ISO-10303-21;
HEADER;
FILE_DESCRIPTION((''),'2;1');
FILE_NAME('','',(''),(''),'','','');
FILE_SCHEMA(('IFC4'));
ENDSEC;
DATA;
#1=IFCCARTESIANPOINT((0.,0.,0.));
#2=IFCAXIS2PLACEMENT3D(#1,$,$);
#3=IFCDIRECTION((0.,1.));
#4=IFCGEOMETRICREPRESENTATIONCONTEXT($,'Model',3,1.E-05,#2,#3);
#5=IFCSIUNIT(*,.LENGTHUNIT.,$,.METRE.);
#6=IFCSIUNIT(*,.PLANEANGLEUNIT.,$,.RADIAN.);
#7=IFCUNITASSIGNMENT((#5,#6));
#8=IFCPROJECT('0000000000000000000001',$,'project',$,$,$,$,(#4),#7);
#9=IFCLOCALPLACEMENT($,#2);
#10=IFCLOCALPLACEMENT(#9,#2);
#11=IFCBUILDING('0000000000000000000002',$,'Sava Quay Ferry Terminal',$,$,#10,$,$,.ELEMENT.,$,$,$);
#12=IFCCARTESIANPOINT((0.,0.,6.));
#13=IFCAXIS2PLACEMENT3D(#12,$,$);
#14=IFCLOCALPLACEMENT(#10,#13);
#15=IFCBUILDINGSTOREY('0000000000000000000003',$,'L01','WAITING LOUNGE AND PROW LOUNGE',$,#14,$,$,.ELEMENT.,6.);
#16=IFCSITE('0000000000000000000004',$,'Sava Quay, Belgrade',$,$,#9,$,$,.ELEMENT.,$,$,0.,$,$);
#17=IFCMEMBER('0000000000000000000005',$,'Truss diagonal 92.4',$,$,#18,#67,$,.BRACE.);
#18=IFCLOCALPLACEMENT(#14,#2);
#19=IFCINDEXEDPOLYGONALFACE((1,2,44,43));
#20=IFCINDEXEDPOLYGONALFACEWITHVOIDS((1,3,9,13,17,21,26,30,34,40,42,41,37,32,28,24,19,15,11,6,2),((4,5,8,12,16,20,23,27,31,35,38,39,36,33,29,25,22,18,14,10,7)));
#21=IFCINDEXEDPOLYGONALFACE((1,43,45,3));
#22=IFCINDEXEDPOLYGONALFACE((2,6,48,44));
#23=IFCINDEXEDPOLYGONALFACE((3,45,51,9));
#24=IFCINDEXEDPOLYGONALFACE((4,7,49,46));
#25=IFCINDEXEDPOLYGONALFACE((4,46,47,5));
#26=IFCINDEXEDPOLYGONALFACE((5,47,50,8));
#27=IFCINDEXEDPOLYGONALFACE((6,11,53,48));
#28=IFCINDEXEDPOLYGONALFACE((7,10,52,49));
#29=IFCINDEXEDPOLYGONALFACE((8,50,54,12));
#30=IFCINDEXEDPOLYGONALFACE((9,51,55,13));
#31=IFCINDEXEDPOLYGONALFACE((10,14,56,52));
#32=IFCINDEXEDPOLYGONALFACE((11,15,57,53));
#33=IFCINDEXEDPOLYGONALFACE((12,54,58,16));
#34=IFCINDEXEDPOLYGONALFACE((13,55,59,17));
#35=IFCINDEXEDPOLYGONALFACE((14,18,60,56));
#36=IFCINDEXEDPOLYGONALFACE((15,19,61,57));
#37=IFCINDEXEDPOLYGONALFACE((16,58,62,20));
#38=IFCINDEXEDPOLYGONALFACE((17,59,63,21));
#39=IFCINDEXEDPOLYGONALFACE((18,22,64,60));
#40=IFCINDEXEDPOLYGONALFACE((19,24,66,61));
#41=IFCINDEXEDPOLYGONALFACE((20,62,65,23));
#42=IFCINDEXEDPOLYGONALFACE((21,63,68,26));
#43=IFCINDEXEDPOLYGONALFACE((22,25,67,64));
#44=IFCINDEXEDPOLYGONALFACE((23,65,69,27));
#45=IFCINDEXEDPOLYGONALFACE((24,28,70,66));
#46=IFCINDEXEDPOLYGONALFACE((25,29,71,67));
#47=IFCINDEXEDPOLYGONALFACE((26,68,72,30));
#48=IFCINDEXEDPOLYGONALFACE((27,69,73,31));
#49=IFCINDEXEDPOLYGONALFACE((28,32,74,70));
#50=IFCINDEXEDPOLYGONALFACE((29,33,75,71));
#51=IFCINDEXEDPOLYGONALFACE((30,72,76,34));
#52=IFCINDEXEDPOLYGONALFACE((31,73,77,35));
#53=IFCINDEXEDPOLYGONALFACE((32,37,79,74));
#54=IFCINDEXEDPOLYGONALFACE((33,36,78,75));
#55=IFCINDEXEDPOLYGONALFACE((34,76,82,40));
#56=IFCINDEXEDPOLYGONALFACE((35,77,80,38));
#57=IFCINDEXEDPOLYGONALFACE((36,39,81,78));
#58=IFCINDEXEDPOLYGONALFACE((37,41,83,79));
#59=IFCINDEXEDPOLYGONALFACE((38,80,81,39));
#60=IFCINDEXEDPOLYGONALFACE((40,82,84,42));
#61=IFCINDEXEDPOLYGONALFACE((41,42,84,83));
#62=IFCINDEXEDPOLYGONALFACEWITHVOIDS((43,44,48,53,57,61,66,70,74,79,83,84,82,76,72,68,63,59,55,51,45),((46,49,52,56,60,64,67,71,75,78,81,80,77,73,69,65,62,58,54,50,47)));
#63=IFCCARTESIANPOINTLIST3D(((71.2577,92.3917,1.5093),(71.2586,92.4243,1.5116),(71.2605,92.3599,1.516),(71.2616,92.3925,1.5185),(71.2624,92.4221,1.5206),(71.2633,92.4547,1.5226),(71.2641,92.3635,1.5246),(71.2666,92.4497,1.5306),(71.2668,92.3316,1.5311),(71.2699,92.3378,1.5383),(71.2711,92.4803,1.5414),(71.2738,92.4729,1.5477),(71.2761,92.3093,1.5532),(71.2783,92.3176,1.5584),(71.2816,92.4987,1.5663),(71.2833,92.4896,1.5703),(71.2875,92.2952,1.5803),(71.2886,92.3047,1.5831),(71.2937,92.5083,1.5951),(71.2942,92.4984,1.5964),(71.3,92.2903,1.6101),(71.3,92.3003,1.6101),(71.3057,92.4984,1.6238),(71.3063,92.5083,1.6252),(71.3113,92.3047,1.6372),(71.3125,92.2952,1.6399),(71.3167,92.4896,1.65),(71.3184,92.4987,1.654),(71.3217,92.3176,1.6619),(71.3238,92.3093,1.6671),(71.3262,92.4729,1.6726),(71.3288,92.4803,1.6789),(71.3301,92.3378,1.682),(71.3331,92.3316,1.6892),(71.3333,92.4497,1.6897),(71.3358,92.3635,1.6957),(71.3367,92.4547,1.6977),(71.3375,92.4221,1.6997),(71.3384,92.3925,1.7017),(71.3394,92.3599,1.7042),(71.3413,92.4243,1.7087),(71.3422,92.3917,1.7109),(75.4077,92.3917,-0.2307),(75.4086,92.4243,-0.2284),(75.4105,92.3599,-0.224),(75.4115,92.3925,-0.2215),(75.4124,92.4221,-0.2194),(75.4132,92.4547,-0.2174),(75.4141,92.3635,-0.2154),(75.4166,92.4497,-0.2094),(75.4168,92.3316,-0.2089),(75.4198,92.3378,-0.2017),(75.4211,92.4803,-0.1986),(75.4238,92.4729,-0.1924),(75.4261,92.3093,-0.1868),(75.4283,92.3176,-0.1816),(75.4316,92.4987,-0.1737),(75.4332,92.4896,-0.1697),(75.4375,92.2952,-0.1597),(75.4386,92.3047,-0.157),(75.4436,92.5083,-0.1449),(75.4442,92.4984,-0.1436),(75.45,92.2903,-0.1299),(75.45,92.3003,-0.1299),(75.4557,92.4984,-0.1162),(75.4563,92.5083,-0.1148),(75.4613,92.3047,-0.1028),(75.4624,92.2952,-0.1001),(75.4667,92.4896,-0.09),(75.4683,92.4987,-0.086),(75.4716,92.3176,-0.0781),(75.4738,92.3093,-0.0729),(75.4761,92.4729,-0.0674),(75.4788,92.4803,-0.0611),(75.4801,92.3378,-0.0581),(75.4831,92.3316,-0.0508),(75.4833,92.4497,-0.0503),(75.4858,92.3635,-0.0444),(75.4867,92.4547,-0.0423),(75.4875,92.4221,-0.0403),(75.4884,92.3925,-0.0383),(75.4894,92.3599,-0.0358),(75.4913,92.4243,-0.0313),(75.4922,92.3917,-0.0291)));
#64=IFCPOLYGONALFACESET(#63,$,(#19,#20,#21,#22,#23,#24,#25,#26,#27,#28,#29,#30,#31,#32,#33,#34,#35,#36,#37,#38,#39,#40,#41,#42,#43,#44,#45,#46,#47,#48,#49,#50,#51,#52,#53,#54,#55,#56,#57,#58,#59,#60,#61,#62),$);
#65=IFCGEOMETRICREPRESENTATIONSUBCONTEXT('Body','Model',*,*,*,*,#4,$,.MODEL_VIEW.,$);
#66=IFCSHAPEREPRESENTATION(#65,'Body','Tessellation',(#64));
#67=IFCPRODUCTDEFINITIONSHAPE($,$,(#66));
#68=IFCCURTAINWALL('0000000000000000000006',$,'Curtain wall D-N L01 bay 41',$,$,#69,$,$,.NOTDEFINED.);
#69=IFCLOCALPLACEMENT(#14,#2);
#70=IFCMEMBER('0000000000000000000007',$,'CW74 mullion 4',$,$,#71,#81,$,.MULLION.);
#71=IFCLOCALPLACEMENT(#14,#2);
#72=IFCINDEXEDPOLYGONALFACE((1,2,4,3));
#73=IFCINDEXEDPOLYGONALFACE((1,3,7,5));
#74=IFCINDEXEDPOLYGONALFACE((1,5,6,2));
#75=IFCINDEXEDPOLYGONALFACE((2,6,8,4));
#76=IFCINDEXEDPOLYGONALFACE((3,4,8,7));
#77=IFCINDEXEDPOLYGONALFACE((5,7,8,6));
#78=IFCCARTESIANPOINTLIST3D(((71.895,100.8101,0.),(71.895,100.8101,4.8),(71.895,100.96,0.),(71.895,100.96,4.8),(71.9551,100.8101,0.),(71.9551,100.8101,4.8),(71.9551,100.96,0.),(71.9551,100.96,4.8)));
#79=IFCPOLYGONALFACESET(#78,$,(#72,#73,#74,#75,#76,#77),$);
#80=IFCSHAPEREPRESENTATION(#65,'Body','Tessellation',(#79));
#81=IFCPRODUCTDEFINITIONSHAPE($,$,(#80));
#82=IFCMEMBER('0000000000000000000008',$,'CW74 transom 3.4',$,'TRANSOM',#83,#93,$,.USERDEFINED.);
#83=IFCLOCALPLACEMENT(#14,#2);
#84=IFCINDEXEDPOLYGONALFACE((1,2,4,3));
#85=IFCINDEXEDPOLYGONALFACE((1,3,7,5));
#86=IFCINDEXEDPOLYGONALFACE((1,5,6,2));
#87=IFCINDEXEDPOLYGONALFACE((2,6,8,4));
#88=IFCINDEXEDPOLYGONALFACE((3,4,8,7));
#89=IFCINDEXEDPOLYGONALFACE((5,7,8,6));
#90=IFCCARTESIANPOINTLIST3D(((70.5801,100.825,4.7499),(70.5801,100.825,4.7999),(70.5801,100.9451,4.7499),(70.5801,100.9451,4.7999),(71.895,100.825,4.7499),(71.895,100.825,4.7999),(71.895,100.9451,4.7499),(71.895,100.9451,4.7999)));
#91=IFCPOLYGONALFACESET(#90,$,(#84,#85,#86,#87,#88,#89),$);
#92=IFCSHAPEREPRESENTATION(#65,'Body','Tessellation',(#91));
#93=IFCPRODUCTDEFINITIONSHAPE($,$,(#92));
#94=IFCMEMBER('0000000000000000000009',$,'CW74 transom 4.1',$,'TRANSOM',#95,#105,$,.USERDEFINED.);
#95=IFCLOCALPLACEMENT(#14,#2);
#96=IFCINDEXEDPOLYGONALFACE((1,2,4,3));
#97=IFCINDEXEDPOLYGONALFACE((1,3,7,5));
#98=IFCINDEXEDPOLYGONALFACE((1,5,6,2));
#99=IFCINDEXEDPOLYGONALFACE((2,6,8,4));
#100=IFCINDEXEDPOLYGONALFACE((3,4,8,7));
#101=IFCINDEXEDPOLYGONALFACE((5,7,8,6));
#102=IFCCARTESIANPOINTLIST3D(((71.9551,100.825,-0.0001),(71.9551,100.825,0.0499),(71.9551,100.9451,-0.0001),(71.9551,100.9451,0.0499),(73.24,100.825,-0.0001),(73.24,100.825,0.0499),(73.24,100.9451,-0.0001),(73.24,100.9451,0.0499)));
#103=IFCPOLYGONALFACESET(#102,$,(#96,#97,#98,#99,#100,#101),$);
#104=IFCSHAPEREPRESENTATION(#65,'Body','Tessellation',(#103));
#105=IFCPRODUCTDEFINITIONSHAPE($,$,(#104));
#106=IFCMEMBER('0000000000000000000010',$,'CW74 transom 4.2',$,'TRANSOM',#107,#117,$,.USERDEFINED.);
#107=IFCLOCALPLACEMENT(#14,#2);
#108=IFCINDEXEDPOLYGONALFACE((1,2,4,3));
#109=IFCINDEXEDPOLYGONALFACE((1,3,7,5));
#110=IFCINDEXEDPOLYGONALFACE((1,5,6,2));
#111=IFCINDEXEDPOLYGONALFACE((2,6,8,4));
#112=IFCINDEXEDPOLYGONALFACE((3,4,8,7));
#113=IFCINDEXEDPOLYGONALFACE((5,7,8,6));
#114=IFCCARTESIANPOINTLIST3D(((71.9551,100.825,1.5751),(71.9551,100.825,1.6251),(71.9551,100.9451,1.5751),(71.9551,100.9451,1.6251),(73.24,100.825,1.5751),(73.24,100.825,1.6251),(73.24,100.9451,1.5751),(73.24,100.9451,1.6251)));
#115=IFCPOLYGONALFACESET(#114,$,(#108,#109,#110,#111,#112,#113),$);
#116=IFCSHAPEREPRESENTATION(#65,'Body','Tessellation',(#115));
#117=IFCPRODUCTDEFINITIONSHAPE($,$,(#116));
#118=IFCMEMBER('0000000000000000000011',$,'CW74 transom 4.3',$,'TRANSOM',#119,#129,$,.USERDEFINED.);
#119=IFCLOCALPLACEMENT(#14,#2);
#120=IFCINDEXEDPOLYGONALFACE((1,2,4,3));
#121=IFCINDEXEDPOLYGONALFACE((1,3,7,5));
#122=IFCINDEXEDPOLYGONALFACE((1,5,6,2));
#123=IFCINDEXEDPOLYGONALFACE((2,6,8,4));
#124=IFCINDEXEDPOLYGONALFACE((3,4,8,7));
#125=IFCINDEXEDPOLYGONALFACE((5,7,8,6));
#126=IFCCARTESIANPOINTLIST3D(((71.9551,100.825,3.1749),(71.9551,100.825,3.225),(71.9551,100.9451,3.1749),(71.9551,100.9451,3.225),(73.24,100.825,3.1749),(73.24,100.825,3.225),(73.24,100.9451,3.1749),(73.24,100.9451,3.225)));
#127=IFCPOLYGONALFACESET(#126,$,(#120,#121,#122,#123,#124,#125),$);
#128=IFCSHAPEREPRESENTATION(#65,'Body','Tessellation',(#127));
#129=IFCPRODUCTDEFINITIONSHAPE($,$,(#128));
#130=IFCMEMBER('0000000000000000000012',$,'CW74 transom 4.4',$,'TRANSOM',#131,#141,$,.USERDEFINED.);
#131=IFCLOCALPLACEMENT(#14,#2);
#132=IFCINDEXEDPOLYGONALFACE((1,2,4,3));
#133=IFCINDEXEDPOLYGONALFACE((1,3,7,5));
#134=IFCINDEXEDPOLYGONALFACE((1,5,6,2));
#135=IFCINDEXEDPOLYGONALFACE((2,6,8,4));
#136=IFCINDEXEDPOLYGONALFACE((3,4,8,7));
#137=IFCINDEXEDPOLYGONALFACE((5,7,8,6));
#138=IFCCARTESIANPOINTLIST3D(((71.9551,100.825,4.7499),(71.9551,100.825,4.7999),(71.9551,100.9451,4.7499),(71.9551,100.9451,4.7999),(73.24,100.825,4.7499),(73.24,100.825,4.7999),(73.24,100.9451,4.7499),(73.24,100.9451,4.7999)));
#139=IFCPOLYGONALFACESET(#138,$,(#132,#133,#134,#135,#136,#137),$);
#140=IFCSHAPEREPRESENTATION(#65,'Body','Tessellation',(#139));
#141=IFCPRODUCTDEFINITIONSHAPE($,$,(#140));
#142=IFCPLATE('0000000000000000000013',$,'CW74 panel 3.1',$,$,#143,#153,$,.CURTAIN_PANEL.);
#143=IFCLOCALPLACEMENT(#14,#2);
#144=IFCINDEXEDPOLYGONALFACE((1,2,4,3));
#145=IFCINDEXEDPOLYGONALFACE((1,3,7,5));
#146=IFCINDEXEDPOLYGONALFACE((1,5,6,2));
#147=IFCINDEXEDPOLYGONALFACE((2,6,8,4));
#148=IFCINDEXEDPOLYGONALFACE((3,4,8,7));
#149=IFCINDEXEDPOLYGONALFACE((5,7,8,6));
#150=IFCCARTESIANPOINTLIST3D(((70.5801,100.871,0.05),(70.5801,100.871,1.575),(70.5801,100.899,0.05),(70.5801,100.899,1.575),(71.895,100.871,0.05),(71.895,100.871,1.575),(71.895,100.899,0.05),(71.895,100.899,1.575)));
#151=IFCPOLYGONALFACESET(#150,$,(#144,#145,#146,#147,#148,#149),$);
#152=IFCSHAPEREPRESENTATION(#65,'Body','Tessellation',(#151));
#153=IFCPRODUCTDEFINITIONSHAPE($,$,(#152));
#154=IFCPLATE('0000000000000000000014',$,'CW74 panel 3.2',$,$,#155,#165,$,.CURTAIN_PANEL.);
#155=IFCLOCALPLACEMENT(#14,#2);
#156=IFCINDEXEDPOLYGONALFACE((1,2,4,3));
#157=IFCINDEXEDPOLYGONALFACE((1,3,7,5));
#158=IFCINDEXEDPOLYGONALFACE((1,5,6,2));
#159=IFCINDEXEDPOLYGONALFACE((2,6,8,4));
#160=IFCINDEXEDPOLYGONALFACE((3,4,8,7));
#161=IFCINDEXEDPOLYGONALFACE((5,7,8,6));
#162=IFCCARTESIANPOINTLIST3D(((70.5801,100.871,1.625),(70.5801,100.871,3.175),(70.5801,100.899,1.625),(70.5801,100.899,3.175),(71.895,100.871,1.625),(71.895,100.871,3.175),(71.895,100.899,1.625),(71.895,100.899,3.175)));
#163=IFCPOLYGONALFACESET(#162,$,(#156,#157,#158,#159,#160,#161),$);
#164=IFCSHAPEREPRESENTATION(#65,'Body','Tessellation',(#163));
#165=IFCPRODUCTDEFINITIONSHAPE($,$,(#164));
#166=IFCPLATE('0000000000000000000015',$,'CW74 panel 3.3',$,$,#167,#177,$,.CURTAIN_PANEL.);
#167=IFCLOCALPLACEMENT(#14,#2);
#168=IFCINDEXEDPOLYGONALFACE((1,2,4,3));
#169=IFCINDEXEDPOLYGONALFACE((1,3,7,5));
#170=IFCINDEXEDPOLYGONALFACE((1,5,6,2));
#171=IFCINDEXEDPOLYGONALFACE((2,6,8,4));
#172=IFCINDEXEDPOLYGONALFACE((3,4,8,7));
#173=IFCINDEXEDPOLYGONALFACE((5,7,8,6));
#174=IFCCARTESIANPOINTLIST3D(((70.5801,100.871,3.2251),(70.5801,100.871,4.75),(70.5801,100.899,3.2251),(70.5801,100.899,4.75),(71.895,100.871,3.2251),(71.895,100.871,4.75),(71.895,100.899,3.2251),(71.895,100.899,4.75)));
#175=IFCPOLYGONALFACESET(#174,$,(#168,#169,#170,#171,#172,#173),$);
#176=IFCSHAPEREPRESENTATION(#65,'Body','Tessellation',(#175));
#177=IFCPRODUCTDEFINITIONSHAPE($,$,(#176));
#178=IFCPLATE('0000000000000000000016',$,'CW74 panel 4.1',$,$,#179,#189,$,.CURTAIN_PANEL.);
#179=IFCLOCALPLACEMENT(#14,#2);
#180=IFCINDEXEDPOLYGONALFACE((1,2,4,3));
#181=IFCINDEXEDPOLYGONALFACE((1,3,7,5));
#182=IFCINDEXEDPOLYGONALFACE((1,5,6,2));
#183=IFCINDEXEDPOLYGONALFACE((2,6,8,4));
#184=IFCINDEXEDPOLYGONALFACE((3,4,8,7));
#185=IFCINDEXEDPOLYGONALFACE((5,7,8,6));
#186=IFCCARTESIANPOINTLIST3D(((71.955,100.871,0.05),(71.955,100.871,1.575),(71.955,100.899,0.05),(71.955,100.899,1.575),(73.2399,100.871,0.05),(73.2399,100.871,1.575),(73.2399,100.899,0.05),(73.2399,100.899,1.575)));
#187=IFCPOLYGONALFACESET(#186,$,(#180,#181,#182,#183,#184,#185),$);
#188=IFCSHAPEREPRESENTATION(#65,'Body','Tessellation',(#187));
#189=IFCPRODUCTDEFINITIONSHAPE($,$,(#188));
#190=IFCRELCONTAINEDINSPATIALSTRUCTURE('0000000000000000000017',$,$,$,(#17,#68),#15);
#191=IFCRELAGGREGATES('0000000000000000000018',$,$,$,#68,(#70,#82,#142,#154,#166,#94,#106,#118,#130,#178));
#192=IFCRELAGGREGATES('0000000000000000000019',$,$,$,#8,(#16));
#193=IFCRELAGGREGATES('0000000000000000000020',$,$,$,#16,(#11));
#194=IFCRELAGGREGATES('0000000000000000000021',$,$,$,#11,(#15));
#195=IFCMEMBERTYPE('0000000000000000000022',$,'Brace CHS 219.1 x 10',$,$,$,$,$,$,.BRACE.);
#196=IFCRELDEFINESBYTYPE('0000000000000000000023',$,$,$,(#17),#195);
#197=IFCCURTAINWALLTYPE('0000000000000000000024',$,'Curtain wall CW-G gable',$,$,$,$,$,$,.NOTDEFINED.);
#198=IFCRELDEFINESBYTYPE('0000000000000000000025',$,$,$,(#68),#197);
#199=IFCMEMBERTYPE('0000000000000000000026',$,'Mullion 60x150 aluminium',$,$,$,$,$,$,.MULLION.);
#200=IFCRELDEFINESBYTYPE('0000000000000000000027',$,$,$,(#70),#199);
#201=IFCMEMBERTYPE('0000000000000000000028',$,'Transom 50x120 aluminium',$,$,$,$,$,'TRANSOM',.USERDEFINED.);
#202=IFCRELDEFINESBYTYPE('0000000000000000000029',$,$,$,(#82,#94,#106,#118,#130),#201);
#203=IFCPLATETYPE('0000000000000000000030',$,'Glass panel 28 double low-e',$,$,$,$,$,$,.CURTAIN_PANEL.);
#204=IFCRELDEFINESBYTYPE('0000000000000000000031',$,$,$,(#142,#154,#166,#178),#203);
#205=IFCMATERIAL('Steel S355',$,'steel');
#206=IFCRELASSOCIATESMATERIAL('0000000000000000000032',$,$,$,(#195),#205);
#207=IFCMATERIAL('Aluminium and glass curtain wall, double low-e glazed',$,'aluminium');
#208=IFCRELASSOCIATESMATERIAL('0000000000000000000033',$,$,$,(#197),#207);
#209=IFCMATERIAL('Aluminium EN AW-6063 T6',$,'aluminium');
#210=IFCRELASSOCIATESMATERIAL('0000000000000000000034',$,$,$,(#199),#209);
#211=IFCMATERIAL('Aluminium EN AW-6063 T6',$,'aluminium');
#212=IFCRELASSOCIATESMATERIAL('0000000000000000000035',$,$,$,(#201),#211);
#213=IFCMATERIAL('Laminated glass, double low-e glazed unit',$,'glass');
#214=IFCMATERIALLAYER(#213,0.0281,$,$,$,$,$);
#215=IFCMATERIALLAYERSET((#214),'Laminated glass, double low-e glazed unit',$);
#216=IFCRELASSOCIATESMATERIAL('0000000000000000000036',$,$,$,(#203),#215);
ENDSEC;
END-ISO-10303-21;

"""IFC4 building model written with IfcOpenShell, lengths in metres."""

from ifc_helpers import new_model, si_unit, direction, frame, origin, origin_2d, place, context, subcontext, project, spatial, rectangle, hollow_circle, extrude, material, layer, layer_set, material_profile, profile_set, type_object, element, aggregate, save


model = new_model("IFC4")

# Units and contexts
model_context = context("Model", 3, precision=1e-05, world=origin(), true_north=direction((0.0, 1.0)))
body_context = subcontext(model_context, "Body", "Model", "MODEL_VIEW")
ifc_project = project(units=[si_unit("LENGTHUNIT", "METRE"), si_unit("PLANEANGLEUNIT", "RADIAN")], contexts=[model_context])

# Site, building, storey
site_placement = place(None, origin())
site = spatial("IfcSite", under=ifc_project, at=site_placement, Name="Sava Quay, Belgrade", CompositionType="ELEMENT", RefElevation=0.0)
building_placement = place(site_placement, origin())
building = spatial("IfcBuilding", under=site, at=building_placement, Name="Sava Quay Ferry Terminal", CompositionType="ELEMENT")
storey_placement = place(building_placement, frame((0.0, 0.0, 6.0)))
storey = spatial("IfcBuildingStorey", under=building, at=storey_placement, Name="L01", Description="WAITING LOUNGE AND PROW LOUNGE", CompositionType="ELEMENT", Elevation=6.0)

# Member
ifc_material_1 = material(Name="Steel S355", Category="steel")
ifc_material_profile_1 = material_profile(ifc_material_1, hollow_circle(Radius=0.1096, WallThickness=0.01, at=origin_2d()), Name="CHS 219.1 x 10")
ifc_profile_set_1 = profile_set([ifc_material_profile_1], Name="Steel S355")
member_type_1 = type_object("IfcMemberType", Name="Brace CHS 219.1 x 10", PredefinedType="BRACE", material=ifc_profile_set_1)
member_1_placement = place(storey_placement, frame((75.45, 92.3999, -0.1299), z_axis=(-0.922217, 0.0, 0.386672), x_axis=(0.0, -1.0, 0.0)))
element("IfcMember", 1, at=member_1_placement, inside=storey, type_object=member_type_1, Name="Truss diagonal 92.4", PredefinedType="BRACE", context=body_context, shape_type="SweptSolid", body=[
    extrude(hollow_circle(Radius=0.1096, WallThickness=0.01, at=origin_2d()), origin(), (0.0, 0.0, 1.0), 4.5),
])

# Curtain wall, members, plates
ifc_material_2 = material(Name="Aluminium and glass curtain wall, double low-e glazed", Category="aluminium")
curtain_wall_type = type_object("IfcCurtainWallType", Name="Curtain wall CW-G gable", PredefinedType="NOTDEFINED", material=ifc_material_2)
curtain_wall_placement = place(storey_placement, origin())
curtain_wall = element("IfcCurtainWall", 2, at=curtain_wall_placement, inside=storey, type_object=curtain_wall_type, Name="Curtain wall D-N L01 bay 41", PredefinedType="NOTDEFINED")
ifc_material_3 = material(Name="Aluminium EN AW-6063 T6", Category="aluminium")
ifc_material_profile_2 = material_profile(ifc_material_3, rectangle(XDim=0.1499, YDim=0.0601, at=origin_2d()), Name="Mullion 60x150 aluminium")
ifc_profile_set_2 = profile_set([ifc_material_profile_2], Name="Aluminium EN AW-6063 T6")
member_type_2 = type_object("IfcMemberType", Name="Mullion 60x150 aluminium", PredefinedType="MULLION", material=ifc_profile_set_2)
member_2_placement = place(storey_placement, frame((71.925, 100.885, 0.0), z_axis=(0.0, 0.0, 1.0), x_axis=(0.0, 1.0, 0.0)))
member_2 = element("IfcMember", 3, at=member_2_placement, type_object=member_type_2, Name="CW74 mullion 4", PredefinedType="MULLION", context=body_context, shape_type="SweptSolid", body=[
    extrude(rectangle(XDim=0.1499, YDim=0.0601, at=origin_2d()), origin(), (0.0, 0.0, 1.0), 4.8),
])
ifc_material_4 = material(Name="Aluminium EN AW-6063 T6", Category="aluminium")
ifc_material_profile_3 = material_profile(ifc_material_4, rectangle(XDim=0.1201, YDim=0.05, at=origin_2d()), Name="Transom 50x120 aluminium")
ifc_profile_set_3 = profile_set([ifc_material_profile_3], Name="Aluminium EN AW-6063 T6")
member_type_3 = type_object("IfcMemberType", Name="Transom 50x120 aluminium", ElementType="TRANSOM", PredefinedType="USERDEFINED", material=ifc_profile_set_3)
member_3_placement = place(storey_placement, frame((70.5801, 100.885, 4.7749), z_axis=(1.0, 0.0, 0.0), x_axis=(0.0, 1.0, 0.0)))
member_3 = element("IfcMember", 4, at=member_3_placement, type_object=member_type_3, Name="CW74 transom 3.4", ObjectType="TRANSOM", PredefinedType="USERDEFINED", context=body_context, shape_type="SweptSolid", body=[
    extrude(rectangle(XDim=0.1201, YDim=0.05, at=origin_2d()), origin(), (0.0, 0.0, 1.0), 1.3149),
])
member_4_placement = place(storey_placement, frame((71.9551, 100.885, 0.0249), z_axis=(1.0, 0.0, 0.0), x_axis=(0.0, 1.0, 0.0)))
member_4 = element("IfcMember", 5, at=member_4_placement, type_object=member_type_3, Name="CW74 transom 4.1", ObjectType="TRANSOM", PredefinedType="USERDEFINED", context=body_context, shape_type="SweptSolid", body=[
    extrude(rectangle(XDim=0.1201, YDim=0.05, at=origin_2d()), origin(), (0.0, 0.0, 1.0), 1.2849),
])
member_5_placement = place(storey_placement, frame((71.9551, 100.885, 1.6001), z_axis=(1.0, 0.0, 0.0), x_axis=(0.0, 1.0, 0.0)))
member_5 = element("IfcMember", 6, at=member_5_placement, type_object=member_type_3, Name="CW74 transom 4.2", ObjectType="TRANSOM", PredefinedType="USERDEFINED", context=body_context, shape_type="SweptSolid", body=[
    extrude(rectangle(XDim=0.1201, YDim=0.05, at=origin_2d()), origin(), (0.0, 0.0, 1.0), 1.2849),
])
member_6_placement = place(storey_placement, frame((71.9551, 100.885, 3.2), z_axis=(1.0, 0.0, 0.0), x_axis=(0.0, 1.0, 0.0)))
member_6 = element("IfcMember", 7, at=member_6_placement, type_object=member_type_3, Name="CW74 transom 4.3", ObjectType="TRANSOM", PredefinedType="USERDEFINED", context=body_context, shape_type="SweptSolid", body=[
    extrude(rectangle(XDim=0.1201, YDim=0.05, at=origin_2d()), origin(), (0.0, 0.0, 1.0), 1.2849),
])
member_7_placement = place(storey_placement, frame((71.9551, 100.885, 4.7749), z_axis=(1.0, 0.0, 0.0), x_axis=(0.0, 1.0, 0.0)))
member_7 = element("IfcMember", 8, at=member_7_placement, type_object=member_type_3, Name="CW74 transom 4.4", ObjectType="TRANSOM", PredefinedType="USERDEFINED", context=body_context, shape_type="SweptSolid", body=[
    extrude(rectangle(XDim=0.1201, YDim=0.05, at=origin_2d()), origin(), (0.0, 0.0, 1.0), 1.2849),
])
ifc_material_5 = material(Name="Laminated glass, double low-e glazed unit", Category="glass")
ifc_layer_1 = layer(ifc_material_5, 0.0281)
ifc_layer_set_1 = layer_set([ifc_layer_1], Name="Laminated glass, double low-e glazed unit")
plate_type = type_object("IfcPlateType", Name="Glass panel 28 double low-e", PredefinedType="CURTAIN_PANEL", material=ifc_layer_set_1)
plate_1_placement = place(storey_placement, frame((71.2375, 100.885, 0.05), z_axis=(0.0, 0.0, 1.0), x_axis=(1.0, 0.0, 0.0)))
plate_1 = element("IfcPlate", 9, at=plate_1_placement, type_object=plate_type, Name="CW74 panel 3.1", PredefinedType="CURTAIN_PANEL", context=body_context, shape_type="SweptSolid", body=[
    extrude(rectangle(XDim=1.3149, YDim=0.0281, at=origin_2d()), origin(), (0.0, 0.0, 1.0), 1.5249),
])
plate_2_placement = place(storey_placement, frame((71.2375, 100.885, 1.625), z_axis=(0.0, 0.0, 1.0), x_axis=(1.0, 0.0, 0.0)))
plate_2 = element("IfcPlate", 10, at=plate_2_placement, type_object=plate_type, Name="CW74 panel 3.2", PredefinedType="CURTAIN_PANEL", context=body_context, shape_type="SweptSolid", body=[
    extrude(rectangle(XDim=1.3149, YDim=0.0281, at=origin_2d()), origin(), (0.0, 0.0, 1.0), 1.55),
])
plate_3_placement = place(storey_placement, frame((71.2375, 100.885, 3.2251), z_axis=(0.0, 0.0, 1.0), x_axis=(1.0, 0.0, 0.0)))
plate_3 = element("IfcPlate", 11, at=plate_3_placement, type_object=plate_type, Name="CW74 panel 3.3", PredefinedType="CURTAIN_PANEL", context=body_context, shape_type="SweptSolid", body=[
    extrude(rectangle(XDim=1.3149, YDim=0.0281, at=origin_2d()), origin(), (0.0, 0.0, 1.0), 1.5249),
])
plate_4_placement = place(storey_placement, frame((72.5974, 100.885, 0.05), z_axis=(0.0, 0.0, 1.0), x_axis=(1.0, 0.0, 0.0)))
plate_4 = element("IfcPlate", 12, at=plate_4_placement, type_object=plate_type, Name="CW74 panel 4.1", PredefinedType="CURTAIN_PANEL", context=body_context, shape_type="SweptSolid", body=[
    extrude(rectangle(XDim=1.2849, YDim=0.0281, at=origin_2d()), origin(), (0.0, 0.0, 1.0), 1.5249),
])
aggregate(curtain_wall, [member_2, member_3, plate_1, plate_2, plate_3, member_4, member_5, member_6, member_7, plate_4])

save(model, "model.ifc")
